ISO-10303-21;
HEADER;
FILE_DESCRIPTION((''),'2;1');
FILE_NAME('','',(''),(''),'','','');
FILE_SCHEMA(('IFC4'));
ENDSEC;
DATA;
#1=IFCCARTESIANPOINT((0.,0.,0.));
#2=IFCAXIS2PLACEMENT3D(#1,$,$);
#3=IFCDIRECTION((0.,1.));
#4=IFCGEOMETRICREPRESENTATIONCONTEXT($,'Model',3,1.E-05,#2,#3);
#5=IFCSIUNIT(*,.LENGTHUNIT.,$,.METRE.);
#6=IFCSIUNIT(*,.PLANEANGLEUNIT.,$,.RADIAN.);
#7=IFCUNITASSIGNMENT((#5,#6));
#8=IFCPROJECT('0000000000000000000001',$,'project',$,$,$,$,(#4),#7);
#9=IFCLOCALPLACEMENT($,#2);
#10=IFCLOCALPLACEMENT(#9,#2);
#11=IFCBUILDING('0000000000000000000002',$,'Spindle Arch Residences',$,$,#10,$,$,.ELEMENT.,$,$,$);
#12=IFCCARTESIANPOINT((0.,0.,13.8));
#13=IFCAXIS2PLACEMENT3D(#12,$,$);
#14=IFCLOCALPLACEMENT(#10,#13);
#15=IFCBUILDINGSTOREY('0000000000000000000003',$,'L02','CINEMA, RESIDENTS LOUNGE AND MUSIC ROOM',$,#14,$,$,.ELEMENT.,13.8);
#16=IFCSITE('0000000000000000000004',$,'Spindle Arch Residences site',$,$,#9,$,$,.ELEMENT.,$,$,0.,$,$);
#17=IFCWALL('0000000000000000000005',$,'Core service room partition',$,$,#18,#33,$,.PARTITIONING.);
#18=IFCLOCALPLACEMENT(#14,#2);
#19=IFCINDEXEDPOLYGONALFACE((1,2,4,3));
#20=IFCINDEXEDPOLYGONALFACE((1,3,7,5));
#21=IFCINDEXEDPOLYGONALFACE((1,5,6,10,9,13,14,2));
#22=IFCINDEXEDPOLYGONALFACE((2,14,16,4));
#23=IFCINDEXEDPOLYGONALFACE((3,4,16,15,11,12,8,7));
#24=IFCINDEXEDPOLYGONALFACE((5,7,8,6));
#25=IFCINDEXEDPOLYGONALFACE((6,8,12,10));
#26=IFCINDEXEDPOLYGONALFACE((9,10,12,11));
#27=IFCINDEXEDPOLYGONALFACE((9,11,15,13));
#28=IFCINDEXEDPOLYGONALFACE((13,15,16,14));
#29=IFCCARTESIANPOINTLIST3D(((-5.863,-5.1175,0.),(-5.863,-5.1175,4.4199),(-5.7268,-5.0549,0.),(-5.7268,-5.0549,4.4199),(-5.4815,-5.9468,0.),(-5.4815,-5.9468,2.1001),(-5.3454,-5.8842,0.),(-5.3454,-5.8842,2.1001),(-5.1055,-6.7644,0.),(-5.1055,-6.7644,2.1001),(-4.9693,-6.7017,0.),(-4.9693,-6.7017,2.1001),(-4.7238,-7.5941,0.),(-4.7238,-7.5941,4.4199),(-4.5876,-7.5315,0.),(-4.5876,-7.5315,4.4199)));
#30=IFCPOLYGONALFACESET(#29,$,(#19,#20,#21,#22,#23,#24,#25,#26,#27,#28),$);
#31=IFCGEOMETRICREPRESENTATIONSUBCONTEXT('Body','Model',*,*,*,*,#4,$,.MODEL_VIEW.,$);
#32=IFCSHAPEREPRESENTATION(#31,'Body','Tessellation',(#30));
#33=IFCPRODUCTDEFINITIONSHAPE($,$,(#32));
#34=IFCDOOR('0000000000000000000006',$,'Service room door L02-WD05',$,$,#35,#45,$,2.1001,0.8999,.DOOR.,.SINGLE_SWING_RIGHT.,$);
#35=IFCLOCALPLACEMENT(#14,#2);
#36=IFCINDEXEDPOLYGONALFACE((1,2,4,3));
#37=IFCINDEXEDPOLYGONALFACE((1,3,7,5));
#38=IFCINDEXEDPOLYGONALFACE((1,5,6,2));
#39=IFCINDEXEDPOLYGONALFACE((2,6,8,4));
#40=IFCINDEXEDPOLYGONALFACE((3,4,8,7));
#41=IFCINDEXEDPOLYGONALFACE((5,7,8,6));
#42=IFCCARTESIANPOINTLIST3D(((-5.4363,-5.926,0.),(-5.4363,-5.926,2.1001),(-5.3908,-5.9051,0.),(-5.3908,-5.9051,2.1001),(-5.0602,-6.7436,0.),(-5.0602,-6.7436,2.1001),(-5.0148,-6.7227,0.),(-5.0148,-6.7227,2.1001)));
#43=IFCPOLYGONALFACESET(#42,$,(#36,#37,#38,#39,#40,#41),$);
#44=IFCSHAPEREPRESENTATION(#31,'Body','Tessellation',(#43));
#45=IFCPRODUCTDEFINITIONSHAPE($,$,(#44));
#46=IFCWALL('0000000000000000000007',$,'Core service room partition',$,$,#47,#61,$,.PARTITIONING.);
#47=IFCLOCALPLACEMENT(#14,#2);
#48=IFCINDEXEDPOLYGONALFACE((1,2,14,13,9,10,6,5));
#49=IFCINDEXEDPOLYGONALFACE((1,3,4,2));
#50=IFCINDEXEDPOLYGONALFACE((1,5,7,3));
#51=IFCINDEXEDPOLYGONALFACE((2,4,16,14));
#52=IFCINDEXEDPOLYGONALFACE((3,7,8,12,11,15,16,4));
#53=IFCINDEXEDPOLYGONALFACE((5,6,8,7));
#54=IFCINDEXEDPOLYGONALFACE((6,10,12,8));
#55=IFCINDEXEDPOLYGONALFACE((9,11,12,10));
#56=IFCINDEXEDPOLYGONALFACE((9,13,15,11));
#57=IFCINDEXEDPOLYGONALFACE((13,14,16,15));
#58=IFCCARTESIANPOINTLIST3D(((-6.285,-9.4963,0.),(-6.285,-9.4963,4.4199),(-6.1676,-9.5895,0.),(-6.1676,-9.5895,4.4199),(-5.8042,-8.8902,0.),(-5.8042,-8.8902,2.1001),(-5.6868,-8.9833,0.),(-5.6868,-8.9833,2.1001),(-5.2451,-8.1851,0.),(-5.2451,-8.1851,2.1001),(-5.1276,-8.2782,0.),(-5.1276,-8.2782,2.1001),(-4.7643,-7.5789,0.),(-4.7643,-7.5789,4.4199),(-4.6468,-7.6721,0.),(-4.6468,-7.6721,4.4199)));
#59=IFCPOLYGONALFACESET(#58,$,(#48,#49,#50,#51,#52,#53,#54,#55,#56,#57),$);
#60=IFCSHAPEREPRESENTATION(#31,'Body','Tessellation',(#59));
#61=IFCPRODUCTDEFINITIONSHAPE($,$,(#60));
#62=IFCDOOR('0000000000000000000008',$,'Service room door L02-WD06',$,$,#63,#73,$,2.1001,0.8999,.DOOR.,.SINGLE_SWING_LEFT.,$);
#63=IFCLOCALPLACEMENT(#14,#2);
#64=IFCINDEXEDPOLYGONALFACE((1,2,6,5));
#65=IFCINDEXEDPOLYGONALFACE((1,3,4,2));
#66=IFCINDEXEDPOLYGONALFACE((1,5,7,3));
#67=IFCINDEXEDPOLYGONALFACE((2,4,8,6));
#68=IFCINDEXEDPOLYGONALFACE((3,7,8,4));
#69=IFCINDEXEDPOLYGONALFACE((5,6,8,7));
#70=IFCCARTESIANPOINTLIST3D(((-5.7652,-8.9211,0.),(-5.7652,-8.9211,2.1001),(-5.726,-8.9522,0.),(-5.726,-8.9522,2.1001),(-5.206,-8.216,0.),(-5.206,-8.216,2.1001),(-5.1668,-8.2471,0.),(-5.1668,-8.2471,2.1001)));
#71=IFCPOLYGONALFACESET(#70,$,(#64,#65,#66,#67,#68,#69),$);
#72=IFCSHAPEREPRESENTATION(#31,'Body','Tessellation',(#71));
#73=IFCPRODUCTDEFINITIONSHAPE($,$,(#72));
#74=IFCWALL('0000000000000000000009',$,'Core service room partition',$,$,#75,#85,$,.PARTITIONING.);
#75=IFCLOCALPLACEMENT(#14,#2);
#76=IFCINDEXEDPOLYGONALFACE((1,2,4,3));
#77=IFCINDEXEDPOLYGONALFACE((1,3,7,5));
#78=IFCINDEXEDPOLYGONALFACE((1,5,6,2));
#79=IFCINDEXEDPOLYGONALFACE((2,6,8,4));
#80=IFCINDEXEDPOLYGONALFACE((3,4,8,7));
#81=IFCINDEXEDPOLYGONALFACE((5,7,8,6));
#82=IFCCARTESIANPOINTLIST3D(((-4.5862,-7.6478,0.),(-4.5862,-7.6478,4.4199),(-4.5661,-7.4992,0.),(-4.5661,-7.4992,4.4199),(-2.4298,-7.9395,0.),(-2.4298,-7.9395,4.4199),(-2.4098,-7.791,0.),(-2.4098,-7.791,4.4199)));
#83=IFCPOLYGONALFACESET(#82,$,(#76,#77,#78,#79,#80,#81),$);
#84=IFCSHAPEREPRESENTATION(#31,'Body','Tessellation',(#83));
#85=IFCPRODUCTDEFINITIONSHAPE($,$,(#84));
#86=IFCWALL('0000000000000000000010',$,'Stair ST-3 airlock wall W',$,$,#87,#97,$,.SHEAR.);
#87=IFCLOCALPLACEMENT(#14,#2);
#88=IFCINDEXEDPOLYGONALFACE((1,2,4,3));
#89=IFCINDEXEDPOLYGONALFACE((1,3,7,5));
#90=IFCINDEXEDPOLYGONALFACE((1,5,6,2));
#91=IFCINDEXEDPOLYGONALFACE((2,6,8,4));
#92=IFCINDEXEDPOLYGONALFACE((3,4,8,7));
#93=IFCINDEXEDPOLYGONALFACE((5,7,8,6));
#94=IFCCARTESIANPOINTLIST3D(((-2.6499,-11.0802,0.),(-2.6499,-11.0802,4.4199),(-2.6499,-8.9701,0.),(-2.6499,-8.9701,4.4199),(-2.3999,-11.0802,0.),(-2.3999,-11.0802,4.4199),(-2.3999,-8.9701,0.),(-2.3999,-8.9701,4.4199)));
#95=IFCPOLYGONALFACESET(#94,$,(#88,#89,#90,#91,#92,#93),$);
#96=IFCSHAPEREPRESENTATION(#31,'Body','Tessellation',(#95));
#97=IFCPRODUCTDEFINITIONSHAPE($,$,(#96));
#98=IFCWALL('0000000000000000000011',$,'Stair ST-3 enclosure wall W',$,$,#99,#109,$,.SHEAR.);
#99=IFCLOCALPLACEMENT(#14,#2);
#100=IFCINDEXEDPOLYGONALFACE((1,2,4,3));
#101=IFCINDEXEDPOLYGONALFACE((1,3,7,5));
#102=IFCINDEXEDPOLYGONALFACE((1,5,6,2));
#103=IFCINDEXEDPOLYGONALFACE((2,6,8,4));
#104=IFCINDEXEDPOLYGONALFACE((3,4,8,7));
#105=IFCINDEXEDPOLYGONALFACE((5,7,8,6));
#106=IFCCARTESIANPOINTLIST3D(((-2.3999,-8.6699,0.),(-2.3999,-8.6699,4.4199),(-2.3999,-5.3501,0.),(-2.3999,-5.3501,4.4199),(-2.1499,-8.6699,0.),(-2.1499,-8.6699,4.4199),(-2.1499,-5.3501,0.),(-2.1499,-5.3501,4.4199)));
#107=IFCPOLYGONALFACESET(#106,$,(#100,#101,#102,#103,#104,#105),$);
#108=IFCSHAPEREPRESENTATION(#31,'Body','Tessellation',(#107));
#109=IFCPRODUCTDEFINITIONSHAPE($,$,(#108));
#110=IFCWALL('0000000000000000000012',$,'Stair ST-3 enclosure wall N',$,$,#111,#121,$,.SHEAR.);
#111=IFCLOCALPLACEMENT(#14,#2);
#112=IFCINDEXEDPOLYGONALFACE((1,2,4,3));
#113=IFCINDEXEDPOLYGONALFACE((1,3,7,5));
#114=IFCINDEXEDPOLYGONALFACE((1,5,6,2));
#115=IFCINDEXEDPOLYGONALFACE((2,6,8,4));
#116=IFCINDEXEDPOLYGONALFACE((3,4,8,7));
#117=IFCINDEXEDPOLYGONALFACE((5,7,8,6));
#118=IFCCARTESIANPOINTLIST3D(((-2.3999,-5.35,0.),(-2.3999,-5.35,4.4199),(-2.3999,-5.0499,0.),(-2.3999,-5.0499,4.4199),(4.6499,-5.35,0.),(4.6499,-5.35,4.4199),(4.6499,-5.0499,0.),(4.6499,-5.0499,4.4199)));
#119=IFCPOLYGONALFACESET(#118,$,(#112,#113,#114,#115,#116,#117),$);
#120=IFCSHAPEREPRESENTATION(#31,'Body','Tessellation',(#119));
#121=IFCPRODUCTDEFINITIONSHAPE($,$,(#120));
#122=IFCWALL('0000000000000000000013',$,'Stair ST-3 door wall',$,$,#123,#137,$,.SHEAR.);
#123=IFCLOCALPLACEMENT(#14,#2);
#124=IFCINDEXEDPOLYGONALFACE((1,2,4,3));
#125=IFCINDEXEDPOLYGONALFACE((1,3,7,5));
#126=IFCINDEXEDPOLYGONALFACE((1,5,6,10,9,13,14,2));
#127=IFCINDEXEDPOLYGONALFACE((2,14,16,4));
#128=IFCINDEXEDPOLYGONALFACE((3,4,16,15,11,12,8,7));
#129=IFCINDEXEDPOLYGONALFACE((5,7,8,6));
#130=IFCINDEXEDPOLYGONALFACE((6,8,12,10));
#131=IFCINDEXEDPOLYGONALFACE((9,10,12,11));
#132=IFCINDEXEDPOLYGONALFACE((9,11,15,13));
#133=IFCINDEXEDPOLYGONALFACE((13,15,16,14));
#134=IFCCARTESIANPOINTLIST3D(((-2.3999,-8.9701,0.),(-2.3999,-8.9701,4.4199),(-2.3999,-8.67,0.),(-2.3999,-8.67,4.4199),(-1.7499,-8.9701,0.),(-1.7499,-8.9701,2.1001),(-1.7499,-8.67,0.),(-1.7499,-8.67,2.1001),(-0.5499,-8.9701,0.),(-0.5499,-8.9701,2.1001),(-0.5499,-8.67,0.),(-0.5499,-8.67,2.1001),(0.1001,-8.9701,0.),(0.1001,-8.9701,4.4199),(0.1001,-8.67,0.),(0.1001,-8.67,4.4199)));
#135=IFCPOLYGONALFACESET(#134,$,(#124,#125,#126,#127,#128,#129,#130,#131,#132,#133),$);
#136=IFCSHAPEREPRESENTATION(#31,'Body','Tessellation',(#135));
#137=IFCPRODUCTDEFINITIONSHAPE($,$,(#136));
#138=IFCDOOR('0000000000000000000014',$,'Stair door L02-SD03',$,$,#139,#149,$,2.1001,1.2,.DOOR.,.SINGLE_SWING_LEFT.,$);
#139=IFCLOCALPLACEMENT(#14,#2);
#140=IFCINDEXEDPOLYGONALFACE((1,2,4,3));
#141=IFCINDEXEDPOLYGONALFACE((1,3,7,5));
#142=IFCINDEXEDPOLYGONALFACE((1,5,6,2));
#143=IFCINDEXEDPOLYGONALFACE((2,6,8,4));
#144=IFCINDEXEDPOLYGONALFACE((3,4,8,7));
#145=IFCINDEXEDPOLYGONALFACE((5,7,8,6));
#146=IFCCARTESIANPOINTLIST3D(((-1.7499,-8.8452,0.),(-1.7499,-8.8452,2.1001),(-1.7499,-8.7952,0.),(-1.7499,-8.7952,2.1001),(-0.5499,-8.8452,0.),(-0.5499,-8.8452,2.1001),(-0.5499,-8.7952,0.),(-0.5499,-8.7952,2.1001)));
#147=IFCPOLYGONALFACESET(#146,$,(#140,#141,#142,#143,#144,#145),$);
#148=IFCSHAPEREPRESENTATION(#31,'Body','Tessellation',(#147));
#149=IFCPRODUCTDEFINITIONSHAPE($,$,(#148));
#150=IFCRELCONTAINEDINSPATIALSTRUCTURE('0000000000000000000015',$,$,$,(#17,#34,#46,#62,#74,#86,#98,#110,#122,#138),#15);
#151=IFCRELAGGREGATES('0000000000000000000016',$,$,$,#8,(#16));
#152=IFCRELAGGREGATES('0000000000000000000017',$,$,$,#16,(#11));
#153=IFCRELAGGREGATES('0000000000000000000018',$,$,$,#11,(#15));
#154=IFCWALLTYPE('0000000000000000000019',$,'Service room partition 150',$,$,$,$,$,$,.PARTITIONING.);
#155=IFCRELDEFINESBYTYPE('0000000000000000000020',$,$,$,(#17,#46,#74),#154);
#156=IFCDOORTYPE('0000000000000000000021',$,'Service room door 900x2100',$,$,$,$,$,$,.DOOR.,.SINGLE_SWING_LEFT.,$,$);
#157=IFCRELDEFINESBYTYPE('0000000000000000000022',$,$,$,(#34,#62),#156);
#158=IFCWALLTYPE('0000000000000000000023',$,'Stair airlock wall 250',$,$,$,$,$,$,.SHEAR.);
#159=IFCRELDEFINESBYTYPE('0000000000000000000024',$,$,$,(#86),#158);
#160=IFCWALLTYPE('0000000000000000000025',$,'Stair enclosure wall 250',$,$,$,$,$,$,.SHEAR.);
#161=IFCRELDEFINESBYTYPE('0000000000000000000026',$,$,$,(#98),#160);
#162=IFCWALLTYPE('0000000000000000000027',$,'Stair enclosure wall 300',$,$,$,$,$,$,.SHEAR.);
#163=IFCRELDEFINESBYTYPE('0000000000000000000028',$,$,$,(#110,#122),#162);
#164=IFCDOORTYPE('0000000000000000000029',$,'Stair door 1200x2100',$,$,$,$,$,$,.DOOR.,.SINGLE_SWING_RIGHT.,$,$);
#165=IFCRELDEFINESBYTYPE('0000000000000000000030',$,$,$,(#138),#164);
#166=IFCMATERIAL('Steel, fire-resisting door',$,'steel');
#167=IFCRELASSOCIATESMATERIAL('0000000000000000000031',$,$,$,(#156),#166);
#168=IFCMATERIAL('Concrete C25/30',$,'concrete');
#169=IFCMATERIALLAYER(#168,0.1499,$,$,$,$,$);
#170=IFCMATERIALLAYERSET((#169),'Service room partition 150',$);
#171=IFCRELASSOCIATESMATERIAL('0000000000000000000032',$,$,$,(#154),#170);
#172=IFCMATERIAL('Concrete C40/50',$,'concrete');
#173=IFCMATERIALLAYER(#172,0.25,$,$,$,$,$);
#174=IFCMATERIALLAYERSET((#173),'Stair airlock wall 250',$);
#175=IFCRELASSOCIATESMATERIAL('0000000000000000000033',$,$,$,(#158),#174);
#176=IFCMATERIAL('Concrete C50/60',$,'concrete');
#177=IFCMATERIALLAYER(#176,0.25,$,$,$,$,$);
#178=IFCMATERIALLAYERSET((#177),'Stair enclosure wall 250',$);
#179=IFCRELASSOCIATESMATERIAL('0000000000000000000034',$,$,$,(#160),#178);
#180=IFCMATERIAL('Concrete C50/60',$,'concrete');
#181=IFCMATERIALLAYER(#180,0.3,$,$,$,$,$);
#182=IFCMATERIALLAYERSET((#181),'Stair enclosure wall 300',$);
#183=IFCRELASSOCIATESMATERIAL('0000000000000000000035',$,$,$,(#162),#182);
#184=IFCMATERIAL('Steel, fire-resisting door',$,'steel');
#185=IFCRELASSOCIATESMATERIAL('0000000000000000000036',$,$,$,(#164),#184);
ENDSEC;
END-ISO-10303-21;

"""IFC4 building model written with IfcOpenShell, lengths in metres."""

from ifc_helpers import new_model, si_unit, direction, frame, frame_2d, origin, place, context, subcontext, project, spatial, rectangle, extrude, material, layer, layer_set, type_object, element, fill, save


model = new_model("IFC4")

# Units and contexts
model_context = context("Model", 3, precision=1e-05, world=origin(), true_north=direction((0.0, 1.0)))
body_context = subcontext(model_context, "Body", "Model", "MODEL_VIEW")
ifc_project = project(units=[si_unit("LENGTHUNIT", "METRE"), si_unit("PLANEANGLEUNIT", "RADIAN")], contexts=[model_context])

# Site, building, storey
site_placement = place(None, origin())
site = spatial("IfcSite", under=ifc_project, at=site_placement, Name="Spindle Arch Residences site", CompositionType="ELEMENT", RefElevation=0.0)
building_placement = place(site_placement, origin())
building = spatial("IfcBuilding", under=site, at=building_placement, Name="Spindle Arch Residences", CompositionType="ELEMENT")
storey_placement = place(building_placement, frame((0.0, 0.0, 13.8)))
storey = spatial("IfcBuildingStorey", under=building, at=storey_placement, Name="L02", Description="CINEMA, RESIDENTS LOUNGE AND MUSIC ROOM", CompositionType="ELEMENT", Elevation=13.8)

# Shared definitions
ifc_material_1 = material(Name="Steel, fire-resisting door", Category="steel")
door_type_1 = type_object("IfcDoorType", Name="Service room door 900x2100", OperationType="SINGLE_SWING_LEFT", PredefinedType="DOOR", material=ifc_material_1)

# Walls, openings, doors
ifc_material_2 = material(Name="Concrete C25/30", Category="concrete")
ifc_layer_1 = layer(ifc_material_2, 0.1499)
ifc_layer_set_1 = layer_set([ifc_layer_1], Name="Service room partition 150")
wall_type_1 = type_object("IfcWallType", Name="Service room partition 150", PredefinedType="PARTITIONING", material=ifc_layer_set_1)
wall_1_placement = place(storey_placement, frame((-5.7949, -5.0862, 0.0), z_axis=(0.0, 0.0, 1.0), x_axis=(0.417888, -0.908499, 0.0)))
wall_1 = element("IfcWall", 1, at=wall_1_placement, inside=storey, type_object=wall_type_1, Name="Core service room partition", PredefinedType="PARTITIONING", context=body_context, shape_type="SweptSolid", body=[
    extrude(rectangle(XDim=2.7261, YDim=0.1499, at=frame_2d((1.363, 0.0))), origin(), (0.0, 0.0, 1.0), 4.4199),
])
opening_1_placement = place(wall_1_placement, frame((0.9128, 0.0, 0.0)))
opening_1 = element("IfcOpeningElement", 2, at=opening_1_placement, cuts=wall_1, PredefinedType="OPENING", context=body_context, shape_type="SweptSolid", body=[
    extrude(rectangle(XDim=0.8999, YDim=2.1001, at=frame_2d((0.45, 1.05))), frame((0.0, 0.085, 0.0), z_axis=(0.0, -1.0, 0.0), x_axis=(1.0, 0.0, 0.0)), (0.0, 0.0, 1.0), 0.1699),
])
door_1_placement = place(opening_1_placement, origin())
door_1 = element("IfcDoor", 3, at=door_1_placement, inside=storey, type_object=door_type_1, Name="Service room door L02-WD05", OperationType="SINGLE_SWING_RIGHT", OverallHeight=2.1001, OverallWidth=0.8999, PredefinedType="DOOR", context=body_context, shape_type="SweptSolid", body=[
    extrude(rectangle(XDim=0.8999, YDim=2.1001, at=frame_2d((0.45, 1.05))), frame((0.0, 0.0249, 0.0), z_axis=(0.0, -1.0, 0.0), x_axis=(1.0, 0.0, 0.0)), (0.0, 0.0, 1.0), 0.05),
])
fill(opening_1, door_1)
wall_2_placement = place(storey_placement, frame((-4.7056, -7.6255, 0.0), z_axis=(0.0, 0.0, 1.0), x_axis=(-0.621393, -0.783499, 0.0)))
wall_2 = element("IfcWall", 4, at=wall_2_placement, inside=storey, type_object=wall_type_1, Name="Core service room partition", PredefinedType="PARTITIONING", context=body_context, shape_type="SweptSolid", body=[
    extrude(rectangle(XDim=2.4473, YDim=0.1499, at=frame_2d((1.2236, 0.0))), origin(), (0.0, 0.0, 1.0), 4.4199),
])
opening_2_placement = place(wall_2_placement, frame((0.7737, 0.0, 0.0)))
opening_2 = element("IfcOpeningElement", 5, at=opening_2_placement, cuts=wall_2, PredefinedType="OPENING", context=body_context, shape_type="SweptSolid", body=[
    extrude(rectangle(XDim=0.8999, YDim=2.1001, at=frame_2d((0.45, 1.05))), frame((0.0, 0.085, 0.0), z_axis=(0.0, -1.0, 0.0), x_axis=(1.0, 0.0, 0.0)), (0.0, 0.0, 1.0), 0.1699),
])
door_2_placement = place(opening_2_placement, origin())
door_2 = element("IfcDoor", 6, at=door_2_placement, inside=storey, type_object=door_type_1, Name="Service room door L02-WD06", OperationType="SINGLE_SWING_LEFT", OverallHeight=2.1001, OverallWidth=0.8999, PredefinedType="DOOR", context=body_context, shape_type="SweptSolid", body=[
    extrude(rectangle(XDim=0.8999, YDim=2.1001, at=frame_2d((0.45, 1.05))), frame((0.0, 0.0249, 0.0), z_axis=(0.0, -1.0, 0.0), x_axis=(1.0, 0.0, 0.0)), (0.0, 0.0, 1.0), 0.05),
])
fill(opening_2, door_2)

# Walls
wall_3_placement = place(storey_placement, frame((-2.4199, -7.8652, 0.0), z_axis=(0.0, 0.0, 1.0), x_axis=(-0.990972, 0.134067, 0.0)))
element("IfcWall", 7, at=wall_3_placement, inside=storey, type_object=wall_type_1, Name="Core service room partition", PredefinedType="PARTITIONING", context=body_context, shape_type="SweptSolid", body=[
    extrude(rectangle(XDim=2.176, YDim=0.1499, at=frame_2d((1.0879, 0.0))), origin(), (0.0, 0.0, 1.0), 4.4199),
])
ifc_material_3 = material(Name="Concrete C40/50", Category="concrete")
ifc_layer_2 = layer(ifc_material_3, 0.25)
ifc_layer_set_2 = layer_set([ifc_layer_2], Name="Stair airlock wall 250")
wall_type_2 = type_object("IfcWallType", Name="Stair airlock wall 250", PredefinedType="SHEAR", material=ifc_layer_set_2)
wall_4_placement = place(storey_placement, frame((-2.5249, -8.97, 0.0), z_axis=(0.0, 0.0, 1.0), x_axis=(0.0, -1.0, 0.0)))
element("IfcWall", 8, at=wall_4_placement, inside=storey, type_object=wall_type_2, Name="Stair ST-3 airlock wall W", PredefinedType="SHEAR", context=body_context, shape_type="SweptSolid", body=[
    extrude(rectangle(XDim=2.1101, YDim=0.25, at=frame_2d((1.0552, 0.0))), origin(), (0.0, 0.0, 1.0), 4.4199),
])
ifc_material_4 = material(Name="Concrete C50/60", Category="concrete")
ifc_layer_3 = layer(ifc_material_4, 0.25)
ifc_layer_set_3 = layer_set([ifc_layer_3], Name="Stair enclosure wall 250")
wall_type_3 = type_object("IfcWallType", Name="Stair enclosure wall 250", PredefinedType="SHEAR", material=ifc_layer_set_3)
wall_5_placement = place(storey_placement, frame((-2.2749, -8.6699, 0.0), z_axis=(0.0, 0.0, 1.0), x_axis=(0.0, 1.0, 0.0)))
element("IfcWall", 9, at=wall_5_placement, inside=storey, type_object=wall_type_3, Name="Stair ST-3 enclosure wall W", PredefinedType="SHEAR", context=body_context, shape_type="SweptSolid", body=[
    extrude(rectangle(XDim=3.3198, YDim=0.25, at=frame_2d((1.6599, 0.0))), origin(), (0.0, 0.0, 1.0), 4.4199),
])
ifc_material_5 = material(Name="Concrete C50/60", Category="concrete")
ifc_layer_4 = layer(ifc_material_5, 0.3)
ifc_layer_set_4 = layer_set([ifc_layer_4], Name="Stair enclosure wall 300")
wall_type_4 = type_object("IfcWallType", Name="Stair enclosure wall 300", PredefinedType="SHEAR", material=ifc_layer_set_4)
wall_6_placement = place(storey_placement, frame((-2.3999, -5.2, 0.0), z_axis=(0.0, 0.0, 1.0), x_axis=(1.0, 0.0, 0.0)))
element("IfcWall", 10, at=wall_6_placement, inside=storey, type_object=wall_type_4, Name="Stair ST-3 enclosure wall N", PredefinedType="SHEAR", context=body_context, shape_type="SweptSolid", body=[
    extrude(rectangle(XDim=7.0498, YDim=0.3, at=frame_2d((3.5249, 0.0))), origin(), (0.0, 0.0, 1.0), 4.4199),
])

# Wall, opening, door
wall_7_placement = place(storey_placement, frame((-2.3999, -8.8201, 0.0), z_axis=(0.0, 0.0, 1.0), x_axis=(1.0, 0.0, 0.0)))
wall_7 = element("IfcWall", 11, at=wall_7_placement, inside=storey, type_object=wall_type_4, Name="Stair ST-3 door wall", PredefinedType="SHEAR", context=body_context, shape_type="SweptSolid", body=[
    extrude(rectangle(XDim=2.5, YDim=0.3, at=frame_2d((1.25, 0.0))), origin(), (0.0, 0.0, 1.0), 4.4199),
])
opening_3_placement = place(wall_7_placement, frame((0.6499, 0.0, 0.0)))
opening_3 = element("IfcOpeningElement", 12, at=opening_3_placement, cuts=wall_7, PredefinedType="OPENING", context=body_context, shape_type="SweptSolid", body=[
    extrude(rectangle(XDim=1.2, YDim=2.1001, at=frame_2d((0.6001, 1.05))), frame((0.0, 0.1602, 0.0), z_axis=(0.0, -1.0, 0.0), x_axis=(1.0, 0.0, 0.0)), (0.0, 0.0, 1.0), 0.3201),
])
ifc_material_6 = material(Name="Steel, fire-resisting door", Category="steel")
door_type_2 = type_object("IfcDoorType", Name="Stair door 1200x2100", OperationType="SINGLE_SWING_RIGHT", PredefinedType="DOOR", material=ifc_material_6)
door_3_placement = place(opening_3_placement, origin())
door_3 = element("IfcDoor", 13, at=door_3_placement, inside=storey, type_object=door_type_2, Name="Stair door L02-SD03", OperationType="SINGLE_SWING_LEFT", OverallHeight=2.1001, OverallWidth=1.2, PredefinedType="DOOR", context=body_context, shape_type="SweptSolid", body=[
    extrude(rectangle(XDim=1.2, YDim=2.1001, at=frame_2d((0.6001, 1.05))), frame((0.0, 0.0249, 0.0), z_axis=(0.0, -1.0, 0.0), x_axis=(1.0, 0.0, 0.0)), (0.0, 0.0, 1.0), 0.05),
])
fill(opening_3, door_3)

save(model, "model.ifc")
